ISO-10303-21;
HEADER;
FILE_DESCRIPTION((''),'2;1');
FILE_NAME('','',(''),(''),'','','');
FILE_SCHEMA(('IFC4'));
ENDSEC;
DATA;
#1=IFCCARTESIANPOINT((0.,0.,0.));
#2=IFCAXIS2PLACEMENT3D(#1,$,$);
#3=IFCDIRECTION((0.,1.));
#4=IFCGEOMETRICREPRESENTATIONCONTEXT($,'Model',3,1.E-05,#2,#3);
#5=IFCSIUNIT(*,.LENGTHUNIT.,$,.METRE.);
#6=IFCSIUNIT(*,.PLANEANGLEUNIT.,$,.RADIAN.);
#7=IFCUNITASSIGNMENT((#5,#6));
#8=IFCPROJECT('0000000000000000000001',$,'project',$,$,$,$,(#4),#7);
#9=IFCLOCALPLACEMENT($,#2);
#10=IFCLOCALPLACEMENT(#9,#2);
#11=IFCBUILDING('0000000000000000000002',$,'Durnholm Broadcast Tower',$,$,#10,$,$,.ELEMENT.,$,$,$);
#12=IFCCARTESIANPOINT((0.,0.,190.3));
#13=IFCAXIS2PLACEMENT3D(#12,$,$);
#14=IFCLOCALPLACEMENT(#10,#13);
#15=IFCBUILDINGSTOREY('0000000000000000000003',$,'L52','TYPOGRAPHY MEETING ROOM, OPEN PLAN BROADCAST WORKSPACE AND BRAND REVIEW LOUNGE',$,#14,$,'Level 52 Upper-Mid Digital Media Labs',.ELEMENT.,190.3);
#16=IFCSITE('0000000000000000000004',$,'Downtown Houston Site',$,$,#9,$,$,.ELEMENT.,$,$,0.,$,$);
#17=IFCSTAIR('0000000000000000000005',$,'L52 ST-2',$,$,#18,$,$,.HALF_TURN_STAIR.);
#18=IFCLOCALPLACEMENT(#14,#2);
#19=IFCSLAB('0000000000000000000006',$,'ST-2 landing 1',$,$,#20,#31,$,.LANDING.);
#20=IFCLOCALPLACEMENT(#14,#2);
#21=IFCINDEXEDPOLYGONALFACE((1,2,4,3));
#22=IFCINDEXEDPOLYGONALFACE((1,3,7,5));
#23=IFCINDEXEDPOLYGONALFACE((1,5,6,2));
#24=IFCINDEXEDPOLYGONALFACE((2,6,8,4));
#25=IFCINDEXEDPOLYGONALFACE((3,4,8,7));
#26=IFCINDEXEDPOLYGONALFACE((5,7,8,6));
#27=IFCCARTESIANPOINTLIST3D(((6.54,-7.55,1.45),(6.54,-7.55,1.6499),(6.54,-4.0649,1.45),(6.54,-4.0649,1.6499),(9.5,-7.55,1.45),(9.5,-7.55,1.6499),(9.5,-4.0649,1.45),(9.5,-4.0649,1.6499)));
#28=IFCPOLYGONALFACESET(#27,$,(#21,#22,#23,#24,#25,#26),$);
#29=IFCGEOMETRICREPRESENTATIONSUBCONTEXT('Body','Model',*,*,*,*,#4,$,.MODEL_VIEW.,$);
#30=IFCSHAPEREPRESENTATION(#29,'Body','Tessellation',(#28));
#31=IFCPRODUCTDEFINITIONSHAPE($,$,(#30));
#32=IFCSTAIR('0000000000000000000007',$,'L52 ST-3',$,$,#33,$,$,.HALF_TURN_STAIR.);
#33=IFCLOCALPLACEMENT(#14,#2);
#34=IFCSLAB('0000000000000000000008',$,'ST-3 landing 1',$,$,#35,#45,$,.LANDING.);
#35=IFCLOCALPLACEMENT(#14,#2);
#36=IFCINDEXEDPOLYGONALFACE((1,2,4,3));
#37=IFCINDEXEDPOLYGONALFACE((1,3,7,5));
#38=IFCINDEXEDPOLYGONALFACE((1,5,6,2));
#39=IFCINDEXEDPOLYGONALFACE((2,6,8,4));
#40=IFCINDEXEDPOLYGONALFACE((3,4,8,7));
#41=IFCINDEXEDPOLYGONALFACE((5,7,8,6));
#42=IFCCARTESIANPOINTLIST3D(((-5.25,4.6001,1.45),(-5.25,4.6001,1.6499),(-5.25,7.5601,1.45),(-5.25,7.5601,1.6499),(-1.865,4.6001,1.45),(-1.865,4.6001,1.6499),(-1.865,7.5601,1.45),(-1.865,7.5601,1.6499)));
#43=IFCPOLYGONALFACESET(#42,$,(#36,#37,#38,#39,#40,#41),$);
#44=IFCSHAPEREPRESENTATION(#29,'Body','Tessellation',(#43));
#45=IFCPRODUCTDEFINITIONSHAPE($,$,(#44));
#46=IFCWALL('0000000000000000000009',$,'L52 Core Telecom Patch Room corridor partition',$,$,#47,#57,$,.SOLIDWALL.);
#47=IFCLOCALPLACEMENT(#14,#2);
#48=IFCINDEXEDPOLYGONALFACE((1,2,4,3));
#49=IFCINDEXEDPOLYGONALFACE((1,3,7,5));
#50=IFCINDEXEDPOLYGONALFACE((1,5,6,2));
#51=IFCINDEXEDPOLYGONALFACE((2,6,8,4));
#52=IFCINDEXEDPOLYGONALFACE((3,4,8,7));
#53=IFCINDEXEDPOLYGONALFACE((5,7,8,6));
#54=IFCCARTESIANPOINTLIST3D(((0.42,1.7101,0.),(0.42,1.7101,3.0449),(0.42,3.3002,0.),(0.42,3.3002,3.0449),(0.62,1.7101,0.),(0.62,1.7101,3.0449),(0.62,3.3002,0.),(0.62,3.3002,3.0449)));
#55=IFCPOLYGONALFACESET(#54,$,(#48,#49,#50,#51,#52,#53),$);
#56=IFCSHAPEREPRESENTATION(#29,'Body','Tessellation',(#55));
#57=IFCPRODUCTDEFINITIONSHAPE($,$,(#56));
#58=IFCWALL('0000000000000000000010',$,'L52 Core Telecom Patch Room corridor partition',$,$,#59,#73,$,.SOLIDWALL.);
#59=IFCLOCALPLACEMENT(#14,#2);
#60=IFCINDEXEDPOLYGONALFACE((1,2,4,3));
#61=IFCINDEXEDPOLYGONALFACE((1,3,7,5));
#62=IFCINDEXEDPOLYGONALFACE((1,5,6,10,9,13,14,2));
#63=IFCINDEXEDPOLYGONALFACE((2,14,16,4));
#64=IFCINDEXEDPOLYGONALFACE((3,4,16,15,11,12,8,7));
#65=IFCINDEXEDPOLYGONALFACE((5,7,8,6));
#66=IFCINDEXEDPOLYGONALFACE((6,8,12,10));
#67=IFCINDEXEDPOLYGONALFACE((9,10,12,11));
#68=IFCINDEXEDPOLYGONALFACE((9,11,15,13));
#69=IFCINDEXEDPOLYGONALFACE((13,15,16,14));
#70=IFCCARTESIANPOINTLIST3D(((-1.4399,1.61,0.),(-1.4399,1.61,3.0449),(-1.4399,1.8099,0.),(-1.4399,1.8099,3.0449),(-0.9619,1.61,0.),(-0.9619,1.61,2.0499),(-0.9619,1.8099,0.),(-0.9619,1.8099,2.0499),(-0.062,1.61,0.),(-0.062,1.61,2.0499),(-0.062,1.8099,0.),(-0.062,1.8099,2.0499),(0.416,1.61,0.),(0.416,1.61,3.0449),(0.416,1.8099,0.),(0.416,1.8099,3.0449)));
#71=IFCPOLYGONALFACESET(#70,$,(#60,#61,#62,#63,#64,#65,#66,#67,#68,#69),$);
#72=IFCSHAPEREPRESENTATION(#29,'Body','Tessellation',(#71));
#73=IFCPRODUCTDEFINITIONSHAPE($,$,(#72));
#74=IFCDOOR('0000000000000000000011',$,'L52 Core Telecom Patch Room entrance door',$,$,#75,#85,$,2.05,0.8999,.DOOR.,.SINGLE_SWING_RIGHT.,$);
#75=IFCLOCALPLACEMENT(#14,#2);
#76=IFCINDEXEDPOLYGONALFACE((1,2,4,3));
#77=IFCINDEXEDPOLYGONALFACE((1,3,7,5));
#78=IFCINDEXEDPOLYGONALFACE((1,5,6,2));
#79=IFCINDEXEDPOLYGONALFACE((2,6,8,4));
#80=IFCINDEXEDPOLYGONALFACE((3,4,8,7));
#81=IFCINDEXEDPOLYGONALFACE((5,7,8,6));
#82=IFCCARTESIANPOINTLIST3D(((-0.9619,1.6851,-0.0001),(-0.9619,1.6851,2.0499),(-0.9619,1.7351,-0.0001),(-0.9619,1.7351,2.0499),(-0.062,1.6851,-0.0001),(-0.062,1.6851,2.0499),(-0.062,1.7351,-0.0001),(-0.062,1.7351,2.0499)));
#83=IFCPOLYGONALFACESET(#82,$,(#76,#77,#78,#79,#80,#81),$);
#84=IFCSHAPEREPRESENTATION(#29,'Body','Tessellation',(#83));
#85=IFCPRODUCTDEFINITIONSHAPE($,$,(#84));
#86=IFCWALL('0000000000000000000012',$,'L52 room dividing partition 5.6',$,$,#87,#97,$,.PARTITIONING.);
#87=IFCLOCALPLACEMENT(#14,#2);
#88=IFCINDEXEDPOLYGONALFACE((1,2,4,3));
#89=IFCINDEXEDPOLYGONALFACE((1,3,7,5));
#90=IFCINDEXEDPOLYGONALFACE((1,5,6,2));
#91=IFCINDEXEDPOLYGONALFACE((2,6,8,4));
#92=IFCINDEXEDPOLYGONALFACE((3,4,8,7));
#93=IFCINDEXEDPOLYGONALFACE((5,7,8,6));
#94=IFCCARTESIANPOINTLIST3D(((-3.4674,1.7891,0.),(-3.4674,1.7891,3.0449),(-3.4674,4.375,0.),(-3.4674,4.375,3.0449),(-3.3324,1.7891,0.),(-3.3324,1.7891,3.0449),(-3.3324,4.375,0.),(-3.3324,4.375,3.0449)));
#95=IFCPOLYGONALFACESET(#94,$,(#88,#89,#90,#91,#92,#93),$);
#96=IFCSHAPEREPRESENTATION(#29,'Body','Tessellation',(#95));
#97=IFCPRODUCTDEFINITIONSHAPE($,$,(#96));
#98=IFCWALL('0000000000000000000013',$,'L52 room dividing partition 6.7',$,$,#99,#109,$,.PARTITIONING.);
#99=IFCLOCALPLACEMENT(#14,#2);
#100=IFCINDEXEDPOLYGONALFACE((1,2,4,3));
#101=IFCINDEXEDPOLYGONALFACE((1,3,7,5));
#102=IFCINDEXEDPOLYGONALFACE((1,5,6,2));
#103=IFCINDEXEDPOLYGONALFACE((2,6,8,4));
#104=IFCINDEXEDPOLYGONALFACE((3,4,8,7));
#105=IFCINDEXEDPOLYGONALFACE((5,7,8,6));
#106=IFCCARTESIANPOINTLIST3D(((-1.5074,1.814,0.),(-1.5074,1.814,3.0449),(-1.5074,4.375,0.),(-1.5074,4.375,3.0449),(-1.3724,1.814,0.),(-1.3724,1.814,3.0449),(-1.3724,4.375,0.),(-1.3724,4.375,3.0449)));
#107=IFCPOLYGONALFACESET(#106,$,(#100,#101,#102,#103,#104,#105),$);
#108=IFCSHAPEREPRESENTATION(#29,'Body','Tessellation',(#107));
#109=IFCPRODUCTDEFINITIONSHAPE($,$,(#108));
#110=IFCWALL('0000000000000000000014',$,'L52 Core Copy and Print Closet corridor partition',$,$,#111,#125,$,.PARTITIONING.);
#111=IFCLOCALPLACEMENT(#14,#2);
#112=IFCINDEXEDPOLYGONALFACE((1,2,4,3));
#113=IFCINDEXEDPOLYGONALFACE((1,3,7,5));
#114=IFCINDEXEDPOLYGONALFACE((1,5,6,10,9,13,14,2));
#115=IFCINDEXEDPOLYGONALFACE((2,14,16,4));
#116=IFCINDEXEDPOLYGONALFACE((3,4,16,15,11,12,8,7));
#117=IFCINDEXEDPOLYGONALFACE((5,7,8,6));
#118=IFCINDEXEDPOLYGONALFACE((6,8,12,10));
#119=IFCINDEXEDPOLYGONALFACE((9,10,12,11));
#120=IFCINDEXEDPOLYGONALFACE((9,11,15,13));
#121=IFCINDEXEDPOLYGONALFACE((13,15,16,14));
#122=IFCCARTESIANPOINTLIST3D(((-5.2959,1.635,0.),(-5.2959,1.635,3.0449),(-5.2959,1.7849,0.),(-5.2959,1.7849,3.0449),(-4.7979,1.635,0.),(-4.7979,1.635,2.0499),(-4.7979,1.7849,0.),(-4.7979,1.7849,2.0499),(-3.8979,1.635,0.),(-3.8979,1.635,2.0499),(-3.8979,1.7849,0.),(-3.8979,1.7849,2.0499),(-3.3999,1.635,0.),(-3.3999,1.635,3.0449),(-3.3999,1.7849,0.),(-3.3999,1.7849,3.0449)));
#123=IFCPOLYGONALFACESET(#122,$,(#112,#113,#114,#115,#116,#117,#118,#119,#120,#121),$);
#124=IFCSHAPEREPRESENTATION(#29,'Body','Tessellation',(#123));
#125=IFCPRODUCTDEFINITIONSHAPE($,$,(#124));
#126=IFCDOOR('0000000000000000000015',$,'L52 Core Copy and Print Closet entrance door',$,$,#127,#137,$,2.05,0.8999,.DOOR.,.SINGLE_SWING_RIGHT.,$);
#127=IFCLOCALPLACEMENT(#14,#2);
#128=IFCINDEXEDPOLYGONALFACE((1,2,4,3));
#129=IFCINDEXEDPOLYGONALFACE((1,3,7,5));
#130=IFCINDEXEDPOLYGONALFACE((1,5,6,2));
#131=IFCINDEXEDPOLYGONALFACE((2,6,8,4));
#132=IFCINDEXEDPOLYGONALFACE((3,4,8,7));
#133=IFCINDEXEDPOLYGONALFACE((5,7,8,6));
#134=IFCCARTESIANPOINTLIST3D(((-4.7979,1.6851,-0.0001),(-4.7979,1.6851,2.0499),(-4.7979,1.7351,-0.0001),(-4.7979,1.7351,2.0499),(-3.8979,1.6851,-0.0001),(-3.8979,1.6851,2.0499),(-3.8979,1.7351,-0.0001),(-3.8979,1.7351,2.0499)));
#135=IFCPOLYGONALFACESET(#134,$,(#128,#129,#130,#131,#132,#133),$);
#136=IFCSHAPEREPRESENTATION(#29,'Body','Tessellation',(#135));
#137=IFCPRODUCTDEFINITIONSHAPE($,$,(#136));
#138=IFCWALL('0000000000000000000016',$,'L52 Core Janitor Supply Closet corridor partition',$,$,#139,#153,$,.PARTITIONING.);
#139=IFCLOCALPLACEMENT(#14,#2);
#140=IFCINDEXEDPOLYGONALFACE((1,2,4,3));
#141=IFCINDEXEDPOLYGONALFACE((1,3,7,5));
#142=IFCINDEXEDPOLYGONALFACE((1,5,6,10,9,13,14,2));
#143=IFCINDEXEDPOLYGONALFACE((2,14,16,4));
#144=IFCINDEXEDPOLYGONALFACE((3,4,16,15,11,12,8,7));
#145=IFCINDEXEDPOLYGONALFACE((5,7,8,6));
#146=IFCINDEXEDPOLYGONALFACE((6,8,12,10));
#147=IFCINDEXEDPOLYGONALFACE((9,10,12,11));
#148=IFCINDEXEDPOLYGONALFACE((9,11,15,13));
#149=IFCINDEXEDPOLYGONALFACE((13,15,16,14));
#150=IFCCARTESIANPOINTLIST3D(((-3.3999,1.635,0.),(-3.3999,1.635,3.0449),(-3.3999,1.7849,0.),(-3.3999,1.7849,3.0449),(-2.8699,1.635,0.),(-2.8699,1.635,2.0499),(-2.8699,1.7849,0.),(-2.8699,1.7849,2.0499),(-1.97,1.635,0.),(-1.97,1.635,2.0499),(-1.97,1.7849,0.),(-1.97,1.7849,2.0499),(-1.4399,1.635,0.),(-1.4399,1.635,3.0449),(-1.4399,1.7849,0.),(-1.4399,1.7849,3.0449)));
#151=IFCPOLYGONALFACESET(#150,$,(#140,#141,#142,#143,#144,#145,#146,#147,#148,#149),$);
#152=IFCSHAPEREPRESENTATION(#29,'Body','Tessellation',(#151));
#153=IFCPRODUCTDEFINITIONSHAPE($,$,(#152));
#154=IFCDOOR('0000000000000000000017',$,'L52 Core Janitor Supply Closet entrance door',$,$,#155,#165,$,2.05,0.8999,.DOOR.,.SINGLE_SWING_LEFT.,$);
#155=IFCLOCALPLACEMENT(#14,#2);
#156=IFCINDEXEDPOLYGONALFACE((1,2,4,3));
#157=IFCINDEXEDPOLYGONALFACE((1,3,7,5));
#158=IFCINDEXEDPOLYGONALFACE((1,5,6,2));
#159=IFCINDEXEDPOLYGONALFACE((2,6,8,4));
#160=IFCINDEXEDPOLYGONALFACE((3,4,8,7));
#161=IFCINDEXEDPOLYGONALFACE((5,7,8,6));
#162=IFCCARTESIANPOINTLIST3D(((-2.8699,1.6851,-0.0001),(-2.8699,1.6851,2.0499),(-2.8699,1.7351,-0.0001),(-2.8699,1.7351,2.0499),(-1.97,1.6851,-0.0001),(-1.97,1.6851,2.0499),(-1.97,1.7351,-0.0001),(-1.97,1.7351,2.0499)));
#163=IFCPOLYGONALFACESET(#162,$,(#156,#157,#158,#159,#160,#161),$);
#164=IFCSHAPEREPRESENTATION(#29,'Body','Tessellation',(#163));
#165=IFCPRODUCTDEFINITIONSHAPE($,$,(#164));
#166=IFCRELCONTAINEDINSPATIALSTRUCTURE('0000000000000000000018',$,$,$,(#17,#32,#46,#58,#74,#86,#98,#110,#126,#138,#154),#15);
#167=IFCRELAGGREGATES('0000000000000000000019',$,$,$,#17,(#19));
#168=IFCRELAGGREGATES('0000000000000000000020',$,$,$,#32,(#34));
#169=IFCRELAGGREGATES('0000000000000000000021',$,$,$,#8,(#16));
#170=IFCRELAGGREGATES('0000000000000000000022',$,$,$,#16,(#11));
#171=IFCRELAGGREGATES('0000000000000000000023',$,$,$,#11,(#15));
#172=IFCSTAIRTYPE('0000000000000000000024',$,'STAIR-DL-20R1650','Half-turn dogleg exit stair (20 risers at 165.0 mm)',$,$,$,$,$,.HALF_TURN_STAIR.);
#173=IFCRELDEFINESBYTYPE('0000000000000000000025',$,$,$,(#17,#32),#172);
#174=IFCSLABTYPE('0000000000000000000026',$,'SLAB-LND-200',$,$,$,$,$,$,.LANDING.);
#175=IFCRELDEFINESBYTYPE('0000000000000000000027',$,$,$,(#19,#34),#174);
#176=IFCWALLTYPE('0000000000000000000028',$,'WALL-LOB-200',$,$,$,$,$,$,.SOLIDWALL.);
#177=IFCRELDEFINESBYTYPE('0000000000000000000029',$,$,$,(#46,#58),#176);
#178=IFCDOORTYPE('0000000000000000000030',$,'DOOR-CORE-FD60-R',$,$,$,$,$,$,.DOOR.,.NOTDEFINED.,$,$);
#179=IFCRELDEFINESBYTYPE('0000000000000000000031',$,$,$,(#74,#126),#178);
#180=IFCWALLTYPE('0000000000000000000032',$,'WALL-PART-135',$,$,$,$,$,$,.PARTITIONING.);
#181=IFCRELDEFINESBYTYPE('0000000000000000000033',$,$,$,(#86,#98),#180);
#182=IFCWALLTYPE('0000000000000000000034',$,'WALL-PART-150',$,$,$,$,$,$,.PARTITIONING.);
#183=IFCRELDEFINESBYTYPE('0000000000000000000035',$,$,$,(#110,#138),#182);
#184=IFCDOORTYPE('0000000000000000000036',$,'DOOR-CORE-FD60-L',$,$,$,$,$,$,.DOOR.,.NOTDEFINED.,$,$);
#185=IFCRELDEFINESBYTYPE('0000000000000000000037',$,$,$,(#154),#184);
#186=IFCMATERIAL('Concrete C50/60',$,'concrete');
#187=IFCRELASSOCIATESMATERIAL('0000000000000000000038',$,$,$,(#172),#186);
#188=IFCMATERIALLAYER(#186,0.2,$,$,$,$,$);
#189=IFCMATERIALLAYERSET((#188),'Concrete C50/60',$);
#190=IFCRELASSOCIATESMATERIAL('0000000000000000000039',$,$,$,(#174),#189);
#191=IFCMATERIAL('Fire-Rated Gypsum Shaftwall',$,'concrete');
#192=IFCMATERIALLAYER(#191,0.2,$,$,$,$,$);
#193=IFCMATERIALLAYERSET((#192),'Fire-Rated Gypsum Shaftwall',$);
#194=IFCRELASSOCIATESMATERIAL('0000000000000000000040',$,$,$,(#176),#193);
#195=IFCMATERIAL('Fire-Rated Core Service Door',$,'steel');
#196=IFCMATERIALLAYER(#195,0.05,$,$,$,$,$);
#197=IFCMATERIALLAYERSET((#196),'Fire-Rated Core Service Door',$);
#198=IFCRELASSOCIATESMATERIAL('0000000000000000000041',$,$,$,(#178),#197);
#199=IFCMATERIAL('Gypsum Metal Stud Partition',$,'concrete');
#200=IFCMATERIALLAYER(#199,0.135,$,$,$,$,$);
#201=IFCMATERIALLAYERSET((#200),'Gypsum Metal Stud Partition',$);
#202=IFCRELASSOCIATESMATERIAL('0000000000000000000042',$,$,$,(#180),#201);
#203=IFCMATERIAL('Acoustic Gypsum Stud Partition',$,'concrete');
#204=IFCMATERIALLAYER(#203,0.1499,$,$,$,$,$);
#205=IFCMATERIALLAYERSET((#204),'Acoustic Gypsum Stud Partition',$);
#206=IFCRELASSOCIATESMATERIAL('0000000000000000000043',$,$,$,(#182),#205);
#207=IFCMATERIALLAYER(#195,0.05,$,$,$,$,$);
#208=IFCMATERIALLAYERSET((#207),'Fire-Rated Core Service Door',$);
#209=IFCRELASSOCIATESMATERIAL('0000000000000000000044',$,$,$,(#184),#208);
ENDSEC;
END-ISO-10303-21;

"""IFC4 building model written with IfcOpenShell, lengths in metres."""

from ifc_helpers import new_model, si_unit, direction, frame, frame_2d, origin, place, context, subcontext, project, spatial, polyline, rectangle, outline, extrude, source, transform, mapped, material, layer, layer_set, type_object, type_shapes, element, fill, aggregate, save


model = new_model("IFC4")

# Units and contexts
model_context = context("Model", 3, precision=1e-05, world=origin(), true_north=direction((0.0, 1.0)))
body_context = subcontext(model_context, "Body", "Model", "MODEL_VIEW")
ifc_project = project(units=[si_unit("LENGTHUNIT", "METRE"), si_unit("PLANEANGLEUNIT", "RADIAN")], contexts=[model_context])

# Site, building, storey
site_placement = place(None, origin())
site = spatial("IfcSite", under=ifc_project, at=site_placement, Name="Downtown Houston Site", CompositionType="ELEMENT", RefElevation=0.0)
building_placement = place(site_placement, origin())
building = spatial("IfcBuilding", under=site, at=building_placement, Name="Durnholm Broadcast Tower", CompositionType="ELEMENT")
storey_placement = place(building_placement, frame((0.0, 0.0, 190.3)))
storey = spatial("IfcBuildingStorey", under=building, at=storey_placement, Name="L52", Description="TYPOGRAPHY MEETING ROOM, OPEN PLAN BROADCAST WORKSPACE AND BRAND REVIEW LOUNGE", LongName="Level 52 Upper-Mid Digital Media Labs", CompositionType="ELEMENT", Elevation=190.3)

# Stairs, slabs
ifc_material_1 = material(Name="Concrete C50/60", Category="concrete")
stair_type = type_object("IfcStairType", Name="STAIR-DL-20R1650", Description="Half-turn dogleg exit stair (20 risers at 165.0 mm)", PredefinedType="HALF_TURN_STAIR", material=ifc_material_1)
stair_1_placement = place(storey_placement, origin())
stair_1 = element("IfcStair", 1, at=stair_1_placement, inside=storey, type_object=stair_type, Name="L52 ST-2", PredefinedType="HALF_TURN_STAIR")
ifc_layer_1 = layer(ifc_material_1, 0.2)
ifc_layer_set_1 = layer_set([ifc_layer_1], Name="Concrete C50/60")
slab_type = type_object("IfcSlabType", Name="SLAB-LND-200", PredefinedType="LANDING", material=ifc_layer_set_1)
slab_1_placement = place(storey_placement, frame((0.0, 0.0, 1.45)))
slab_1 = element("IfcSlab", 2, at=slab_1_placement, type_object=slab_type, Name="ST-2 landing 1", PredefinedType="LANDING", context=body_context, shape_type="SweptSolid", body=[
    extrude(outline(polyline([(6.54, -4.0649), (6.54, -7.55), (9.5, -7.55), (9.5, -4.0649), (6.54, -4.0649)])), origin(), (0.0, 0.0, 1.0), 0.2),
])
aggregate(stair_1, [slab_1])
stair_2_placement = place(storey_placement, origin())
stair_2 = element("IfcStair", 3, at=stair_2_placement, inside=storey, type_object=stair_type, Name="L52 ST-3", PredefinedType="HALF_TURN_STAIR")
slab_2_placement = place(storey_placement, frame((0.0, 0.0, 1.45)))
slab_2 = element("IfcSlab", 4, at=slab_2_placement, type_object=slab_type, Name="ST-3 landing 1", PredefinedType="LANDING", context=body_context, shape_type="SweptSolid", body=[
    extrude(outline(polyline([(-1.865, 7.5601), (-5.25, 7.5601), (-5.25, 4.6001), (-1.865, 4.6001), (-1.865, 7.5601)])), origin(), (0.0, 0.0, 1.0), 0.2),
])

# Shared definitions
ifc_material_2 = material(Name="Fire-Rated Gypsum Shaftwall", Category="concrete")
ifc_layer_2 = layer(ifc_material_2, 0.2)
ifc_layer_set_2 = layer_set([ifc_layer_2], Name="Fire-Rated Gypsum Shaftwall")
wall_type_1 = type_object("IfcWallType", Name="WALL-LOB-200", PredefinedType="SOLIDWALL", material=ifc_layer_set_2)

# Wall
wall_1_placement = place(storey_placement, frame((0.52, 3.3, 0.0), z_axis=(0.0, 0.0, 1.0), x_axis=(0.0, -1.0, 0.0)))
element("IfcWall", 5, at=wall_1_placement, inside=storey, type_object=wall_type_1, Name="L52 Core Telecom Patch Room corridor partition", PredefinedType="SOLIDWALL", context=body_context, shape_type="SweptSolid", body=[
    extrude(rectangle(XDim=1.5901, YDim=0.2, at=frame_2d((0.7949, 0.0))), origin(), (0.0, 0.0, 1.0), 3.0449),
])

# Wall, opening, door
wall_2_placement = place(storey_placement, frame((0.416, 1.71, 0.0), z_axis=(0.0, 0.0, 1.0), x_axis=(-1.0, 0.0, 0.0)))
wall_2 = element("IfcWall", 6, at=wall_2_placement, inside=storey, type_object=wall_type_1, Name="L52 Core Telecom Patch Room corridor partition", PredefinedType="SOLIDWALL", context=body_context, shape_type="SweptSolid", body=[
    extrude(rectangle(XDim=1.856, YDim=0.2, at=frame_2d((0.928, 0.0))), origin(), (0.0, 0.0, 1.0), 3.0449),
])
opening_1_placement = place(wall_2_placement, frame((0.478, 0.0, 0.0)))
opening_1 = element("IfcOpeningElement", 7, at=opening_1_placement, cuts=wall_2, PredefinedType="OPENING", context=body_context, shape_type="SweptSolid", body=[
    extrude(rectangle(XDim=0.8999, YDim=2.05, at=frame_2d((0.45, 1.0249))), frame((0.0, 0.1099, 0.0), z_axis=(0.0, -1.0, 0.0), x_axis=(1.0, 0.0, 0.0)), (0.0, 0.0, 1.0), 0.22),
])
ifc_material_3 = material(Name="Fire-Rated Core Service Door", Category="steel")
ifc_layer_3 = layer(ifc_material_3, 0.05)
ifc_layer_set_3 = layer_set([ifc_layer_3], Name="Fire-Rated Core Service Door")
door_type_1 = type_object("IfcDoorType", Name="DOOR-CORE-FD60-R", OperationType="NOTDEFINED", PredefinedType="DOOR", material=ifc_layer_set_3)
shared_shape_1 = source(origin(), body_context, "Body", "SweptSolid", [
    extrude(rectangle(XDim=0.8999, YDim=2.05, at=frame_2d((0.45, 1.0249))), frame((0.0, 0.0249, 0.0), z_axis=(0.0, -1.0, 0.0), x_axis=(1.0, 0.0, 0.0)), (0.0, 0.0, 1.0), 0.05),
])
type_shapes(door_type_1, [shared_shape_1])
door_1_placement = place(opening_1_placement, origin())
door_1 = element("IfcDoor", 8, at=door_1_placement, inside=storey, type_object=door_type_1, Name="L52 Core Telecom Patch Room entrance door", OperationType="SINGLE_SWING_RIGHT", OverallHeight=2.05, OverallWidth=0.8999, PredefinedType="DOOR", context=body_context, shape_type="MappedRepresentation", body=[
    mapped(shared_shape_1, transform((0.0, 0.0, 0.0), x_axis=(1.0, 0.0, 0.0), y_axis=(0.0, 1.0, 0.0), z_axis=(0.0, 0.0, 1.0), scale=1.0)),
])
fill(opening_1, door_1)

# Walls
ifc_material_4 = material(Name="Gypsum Metal Stud Partition", Category="concrete")
ifc_layer_4 = layer(ifc_material_4, 0.135)
ifc_layer_set_4 = layer_set([ifc_layer_4], Name="Gypsum Metal Stud Partition")
wall_type_2 = type_object("IfcWallType", Name="WALL-PART-135", PredefinedType="PARTITIONING", material=ifc_layer_set_4)
wall_3_placement = place(storey_placement, frame((-3.3999, 4.375, 0.0), z_axis=(0.0, 0.0, 1.0), x_axis=(0.0, -1.0, 0.0)))
element("IfcWall", 9, at=wall_3_placement, inside=storey, type_object=wall_type_2, Name="L52 room dividing partition 5.6", PredefinedType="PARTITIONING", context=body_context, shape_type="SweptSolid", body=[
    extrude(rectangle(XDim=2.5859, YDim=0.135, at=frame_2d((1.293, 0.0))), origin(), (0.0, 0.0, 1.0), 3.0449),
])
wall_4_placement = place(storey_placement, frame((-1.4399, 4.375, 0.0), z_axis=(0.0, 0.0, 1.0), x_axis=(0.0, -1.0, 0.0)))
element("IfcWall", 10, at=wall_4_placement, inside=storey, type_object=wall_type_2, Name="L52 room dividing partition 6.7", PredefinedType="PARTITIONING", context=body_context, shape_type="SweptSolid", body=[
    extrude(rectangle(XDim=2.561, YDim=0.135, at=frame_2d((1.2805, 0.0))), origin(), (0.0, 0.0, 1.0), 3.0449),
])

# Walls, openings, doors
ifc_material_5 = material(Name="Acoustic Gypsum Stud Partition", Category="concrete")
ifc_layer_5 = layer(ifc_material_5, 0.1499)
ifc_layer_set_5 = layer_set([ifc_layer_5], Name="Acoustic Gypsum Stud Partition")
wall_type_3 = type_object("IfcWallType", Name="WALL-PART-150", PredefinedType="PARTITIONING", material=ifc_layer_set_5)
wall_5_placement = place(storey_placement, frame((-3.3999, 1.71, 0.0), z_axis=(0.0, 0.0, 1.0), x_axis=(-1.0, 0.0, 0.0)))
wall_5 = element("IfcWall", 11, at=wall_5_placement, inside=storey, type_object=wall_type_3, Name="L52 Core Copy and Print Closet corridor partition", PredefinedType="PARTITIONING", context=body_context, shape_type="SweptSolid", body=[
    extrude(rectangle(XDim=1.896, YDim=0.1499, at=frame_2d((0.948, 0.0))), origin(), (0.0, 0.0, 1.0), 3.0449),
])
opening_2_placement = place(wall_5_placement, frame((0.498, 0.0, 0.0)))
opening_2 = element("IfcOpeningElement", 12, at=opening_2_placement, cuts=wall_5, PredefinedType="OPENING", context=body_context, shape_type="SweptSolid", body=[
    extrude(rectangle(XDim=0.8999, YDim=2.05, at=frame_2d((0.45, 1.0249))), frame((0.0, 0.085, 0.0), z_axis=(0.0, -1.0, 0.0), x_axis=(1.0, 0.0, 0.0)), (0.0, 0.0, 1.0), 0.1699),
])
door_2_placement = place(opening_2_placement, origin())
door_2 = element("IfcDoor", 13, at=door_2_placement, inside=storey, type_object=door_type_1, Name="L52 Core Copy and Print Closet entrance door", OperationType="SINGLE_SWING_RIGHT", OverallHeight=2.05, OverallWidth=0.8999, PredefinedType="DOOR", context=body_context, shape_type="MappedRepresentation", body=[
    mapped(shared_shape_1, transform((0.0, 0.0, 0.0), x_axis=(1.0, 0.0, 0.0), y_axis=(0.0, 1.0, 0.0), z_axis=(0.0, 0.0, 1.0), scale=1.0)),
])
fill(opening_2, door_2)
wall_6_placement = place(storey_placement, frame((-1.4399, 1.71, 0.0), z_axis=(0.0, 0.0, 1.0), x_axis=(-1.0, 0.0, 0.0)))
wall_6 = element("IfcWall", 14, at=wall_6_placement, inside=storey, type_object=wall_type_3, Name="L52 Core Janitor Supply Closet corridor partition", PredefinedType="PARTITIONING", context=body_context, shape_type="SweptSolid", body=[
    extrude(rectangle(XDim=1.96, YDim=0.1499, at=frame_2d((0.98, 0.0))), origin(), (0.0, 0.0, 1.0), 3.0449),
])
opening_3_placement = place(wall_6_placement, frame((0.53, 0.0, 0.0)))
opening_3 = element("IfcOpeningElement", 15, at=opening_3_placement, cuts=wall_6, PredefinedType="OPENING", context=body_context, shape_type="SweptSolid", body=[
    extrude(rectangle(XDim=0.8999, YDim=2.05, at=frame_2d((0.45, 1.0249))), frame((0.0, 0.085, 0.0), z_axis=(0.0, -1.0, 0.0), x_axis=(1.0, 0.0, 0.0)), (0.0, 0.0, 1.0), 0.1699),
])
ifc_layer_6 = layer(ifc_material_3, 0.05)
ifc_layer_set_6 = layer_set([ifc_layer_6], Name="Fire-Rated Core Service Door")
door_type_2 = type_object("IfcDoorType", Name="DOOR-CORE-FD60-L", OperationType="NOTDEFINED", PredefinedType="DOOR", material=ifc_layer_set_6)
shared_shape_2 = source(origin(), body_context, "Body", "SweptSolid", [
    extrude(rectangle(XDim=0.8999, YDim=2.05, at=frame_2d((0.45, 1.0249))), frame((0.0, 0.0249, 0.0), z_axis=(0.0, -1.0, 0.0), x_axis=(1.0, 0.0, 0.0)), (0.0, 0.0, 1.0), 0.05),
])
type_shapes(door_type_2, [shared_shape_2])
door_3_placement = place(opening_3_placement, origin())
door_3 = element("IfcDoor", 16, at=door_3_placement, inside=storey, type_object=door_type_2, Name="L52 Core Janitor Supply Closet entrance door", OperationType="SINGLE_SWING_LEFT", OverallHeight=2.05, OverallWidth=0.8999, PredefinedType="DOOR", context=body_context, shape_type="MappedRepresentation", body=[
    mapped(shared_shape_2, transform((0.0, 0.0, 0.0), x_axis=(1.0, 0.0, 0.0), y_axis=(0.0, 1.0, 0.0), z_axis=(0.0, 0.0, 1.0), scale=1.0)),
])
fill(opening_3, door_3)

aggregate(stair_2, [slab_2])

save(model, "model.ifc")
